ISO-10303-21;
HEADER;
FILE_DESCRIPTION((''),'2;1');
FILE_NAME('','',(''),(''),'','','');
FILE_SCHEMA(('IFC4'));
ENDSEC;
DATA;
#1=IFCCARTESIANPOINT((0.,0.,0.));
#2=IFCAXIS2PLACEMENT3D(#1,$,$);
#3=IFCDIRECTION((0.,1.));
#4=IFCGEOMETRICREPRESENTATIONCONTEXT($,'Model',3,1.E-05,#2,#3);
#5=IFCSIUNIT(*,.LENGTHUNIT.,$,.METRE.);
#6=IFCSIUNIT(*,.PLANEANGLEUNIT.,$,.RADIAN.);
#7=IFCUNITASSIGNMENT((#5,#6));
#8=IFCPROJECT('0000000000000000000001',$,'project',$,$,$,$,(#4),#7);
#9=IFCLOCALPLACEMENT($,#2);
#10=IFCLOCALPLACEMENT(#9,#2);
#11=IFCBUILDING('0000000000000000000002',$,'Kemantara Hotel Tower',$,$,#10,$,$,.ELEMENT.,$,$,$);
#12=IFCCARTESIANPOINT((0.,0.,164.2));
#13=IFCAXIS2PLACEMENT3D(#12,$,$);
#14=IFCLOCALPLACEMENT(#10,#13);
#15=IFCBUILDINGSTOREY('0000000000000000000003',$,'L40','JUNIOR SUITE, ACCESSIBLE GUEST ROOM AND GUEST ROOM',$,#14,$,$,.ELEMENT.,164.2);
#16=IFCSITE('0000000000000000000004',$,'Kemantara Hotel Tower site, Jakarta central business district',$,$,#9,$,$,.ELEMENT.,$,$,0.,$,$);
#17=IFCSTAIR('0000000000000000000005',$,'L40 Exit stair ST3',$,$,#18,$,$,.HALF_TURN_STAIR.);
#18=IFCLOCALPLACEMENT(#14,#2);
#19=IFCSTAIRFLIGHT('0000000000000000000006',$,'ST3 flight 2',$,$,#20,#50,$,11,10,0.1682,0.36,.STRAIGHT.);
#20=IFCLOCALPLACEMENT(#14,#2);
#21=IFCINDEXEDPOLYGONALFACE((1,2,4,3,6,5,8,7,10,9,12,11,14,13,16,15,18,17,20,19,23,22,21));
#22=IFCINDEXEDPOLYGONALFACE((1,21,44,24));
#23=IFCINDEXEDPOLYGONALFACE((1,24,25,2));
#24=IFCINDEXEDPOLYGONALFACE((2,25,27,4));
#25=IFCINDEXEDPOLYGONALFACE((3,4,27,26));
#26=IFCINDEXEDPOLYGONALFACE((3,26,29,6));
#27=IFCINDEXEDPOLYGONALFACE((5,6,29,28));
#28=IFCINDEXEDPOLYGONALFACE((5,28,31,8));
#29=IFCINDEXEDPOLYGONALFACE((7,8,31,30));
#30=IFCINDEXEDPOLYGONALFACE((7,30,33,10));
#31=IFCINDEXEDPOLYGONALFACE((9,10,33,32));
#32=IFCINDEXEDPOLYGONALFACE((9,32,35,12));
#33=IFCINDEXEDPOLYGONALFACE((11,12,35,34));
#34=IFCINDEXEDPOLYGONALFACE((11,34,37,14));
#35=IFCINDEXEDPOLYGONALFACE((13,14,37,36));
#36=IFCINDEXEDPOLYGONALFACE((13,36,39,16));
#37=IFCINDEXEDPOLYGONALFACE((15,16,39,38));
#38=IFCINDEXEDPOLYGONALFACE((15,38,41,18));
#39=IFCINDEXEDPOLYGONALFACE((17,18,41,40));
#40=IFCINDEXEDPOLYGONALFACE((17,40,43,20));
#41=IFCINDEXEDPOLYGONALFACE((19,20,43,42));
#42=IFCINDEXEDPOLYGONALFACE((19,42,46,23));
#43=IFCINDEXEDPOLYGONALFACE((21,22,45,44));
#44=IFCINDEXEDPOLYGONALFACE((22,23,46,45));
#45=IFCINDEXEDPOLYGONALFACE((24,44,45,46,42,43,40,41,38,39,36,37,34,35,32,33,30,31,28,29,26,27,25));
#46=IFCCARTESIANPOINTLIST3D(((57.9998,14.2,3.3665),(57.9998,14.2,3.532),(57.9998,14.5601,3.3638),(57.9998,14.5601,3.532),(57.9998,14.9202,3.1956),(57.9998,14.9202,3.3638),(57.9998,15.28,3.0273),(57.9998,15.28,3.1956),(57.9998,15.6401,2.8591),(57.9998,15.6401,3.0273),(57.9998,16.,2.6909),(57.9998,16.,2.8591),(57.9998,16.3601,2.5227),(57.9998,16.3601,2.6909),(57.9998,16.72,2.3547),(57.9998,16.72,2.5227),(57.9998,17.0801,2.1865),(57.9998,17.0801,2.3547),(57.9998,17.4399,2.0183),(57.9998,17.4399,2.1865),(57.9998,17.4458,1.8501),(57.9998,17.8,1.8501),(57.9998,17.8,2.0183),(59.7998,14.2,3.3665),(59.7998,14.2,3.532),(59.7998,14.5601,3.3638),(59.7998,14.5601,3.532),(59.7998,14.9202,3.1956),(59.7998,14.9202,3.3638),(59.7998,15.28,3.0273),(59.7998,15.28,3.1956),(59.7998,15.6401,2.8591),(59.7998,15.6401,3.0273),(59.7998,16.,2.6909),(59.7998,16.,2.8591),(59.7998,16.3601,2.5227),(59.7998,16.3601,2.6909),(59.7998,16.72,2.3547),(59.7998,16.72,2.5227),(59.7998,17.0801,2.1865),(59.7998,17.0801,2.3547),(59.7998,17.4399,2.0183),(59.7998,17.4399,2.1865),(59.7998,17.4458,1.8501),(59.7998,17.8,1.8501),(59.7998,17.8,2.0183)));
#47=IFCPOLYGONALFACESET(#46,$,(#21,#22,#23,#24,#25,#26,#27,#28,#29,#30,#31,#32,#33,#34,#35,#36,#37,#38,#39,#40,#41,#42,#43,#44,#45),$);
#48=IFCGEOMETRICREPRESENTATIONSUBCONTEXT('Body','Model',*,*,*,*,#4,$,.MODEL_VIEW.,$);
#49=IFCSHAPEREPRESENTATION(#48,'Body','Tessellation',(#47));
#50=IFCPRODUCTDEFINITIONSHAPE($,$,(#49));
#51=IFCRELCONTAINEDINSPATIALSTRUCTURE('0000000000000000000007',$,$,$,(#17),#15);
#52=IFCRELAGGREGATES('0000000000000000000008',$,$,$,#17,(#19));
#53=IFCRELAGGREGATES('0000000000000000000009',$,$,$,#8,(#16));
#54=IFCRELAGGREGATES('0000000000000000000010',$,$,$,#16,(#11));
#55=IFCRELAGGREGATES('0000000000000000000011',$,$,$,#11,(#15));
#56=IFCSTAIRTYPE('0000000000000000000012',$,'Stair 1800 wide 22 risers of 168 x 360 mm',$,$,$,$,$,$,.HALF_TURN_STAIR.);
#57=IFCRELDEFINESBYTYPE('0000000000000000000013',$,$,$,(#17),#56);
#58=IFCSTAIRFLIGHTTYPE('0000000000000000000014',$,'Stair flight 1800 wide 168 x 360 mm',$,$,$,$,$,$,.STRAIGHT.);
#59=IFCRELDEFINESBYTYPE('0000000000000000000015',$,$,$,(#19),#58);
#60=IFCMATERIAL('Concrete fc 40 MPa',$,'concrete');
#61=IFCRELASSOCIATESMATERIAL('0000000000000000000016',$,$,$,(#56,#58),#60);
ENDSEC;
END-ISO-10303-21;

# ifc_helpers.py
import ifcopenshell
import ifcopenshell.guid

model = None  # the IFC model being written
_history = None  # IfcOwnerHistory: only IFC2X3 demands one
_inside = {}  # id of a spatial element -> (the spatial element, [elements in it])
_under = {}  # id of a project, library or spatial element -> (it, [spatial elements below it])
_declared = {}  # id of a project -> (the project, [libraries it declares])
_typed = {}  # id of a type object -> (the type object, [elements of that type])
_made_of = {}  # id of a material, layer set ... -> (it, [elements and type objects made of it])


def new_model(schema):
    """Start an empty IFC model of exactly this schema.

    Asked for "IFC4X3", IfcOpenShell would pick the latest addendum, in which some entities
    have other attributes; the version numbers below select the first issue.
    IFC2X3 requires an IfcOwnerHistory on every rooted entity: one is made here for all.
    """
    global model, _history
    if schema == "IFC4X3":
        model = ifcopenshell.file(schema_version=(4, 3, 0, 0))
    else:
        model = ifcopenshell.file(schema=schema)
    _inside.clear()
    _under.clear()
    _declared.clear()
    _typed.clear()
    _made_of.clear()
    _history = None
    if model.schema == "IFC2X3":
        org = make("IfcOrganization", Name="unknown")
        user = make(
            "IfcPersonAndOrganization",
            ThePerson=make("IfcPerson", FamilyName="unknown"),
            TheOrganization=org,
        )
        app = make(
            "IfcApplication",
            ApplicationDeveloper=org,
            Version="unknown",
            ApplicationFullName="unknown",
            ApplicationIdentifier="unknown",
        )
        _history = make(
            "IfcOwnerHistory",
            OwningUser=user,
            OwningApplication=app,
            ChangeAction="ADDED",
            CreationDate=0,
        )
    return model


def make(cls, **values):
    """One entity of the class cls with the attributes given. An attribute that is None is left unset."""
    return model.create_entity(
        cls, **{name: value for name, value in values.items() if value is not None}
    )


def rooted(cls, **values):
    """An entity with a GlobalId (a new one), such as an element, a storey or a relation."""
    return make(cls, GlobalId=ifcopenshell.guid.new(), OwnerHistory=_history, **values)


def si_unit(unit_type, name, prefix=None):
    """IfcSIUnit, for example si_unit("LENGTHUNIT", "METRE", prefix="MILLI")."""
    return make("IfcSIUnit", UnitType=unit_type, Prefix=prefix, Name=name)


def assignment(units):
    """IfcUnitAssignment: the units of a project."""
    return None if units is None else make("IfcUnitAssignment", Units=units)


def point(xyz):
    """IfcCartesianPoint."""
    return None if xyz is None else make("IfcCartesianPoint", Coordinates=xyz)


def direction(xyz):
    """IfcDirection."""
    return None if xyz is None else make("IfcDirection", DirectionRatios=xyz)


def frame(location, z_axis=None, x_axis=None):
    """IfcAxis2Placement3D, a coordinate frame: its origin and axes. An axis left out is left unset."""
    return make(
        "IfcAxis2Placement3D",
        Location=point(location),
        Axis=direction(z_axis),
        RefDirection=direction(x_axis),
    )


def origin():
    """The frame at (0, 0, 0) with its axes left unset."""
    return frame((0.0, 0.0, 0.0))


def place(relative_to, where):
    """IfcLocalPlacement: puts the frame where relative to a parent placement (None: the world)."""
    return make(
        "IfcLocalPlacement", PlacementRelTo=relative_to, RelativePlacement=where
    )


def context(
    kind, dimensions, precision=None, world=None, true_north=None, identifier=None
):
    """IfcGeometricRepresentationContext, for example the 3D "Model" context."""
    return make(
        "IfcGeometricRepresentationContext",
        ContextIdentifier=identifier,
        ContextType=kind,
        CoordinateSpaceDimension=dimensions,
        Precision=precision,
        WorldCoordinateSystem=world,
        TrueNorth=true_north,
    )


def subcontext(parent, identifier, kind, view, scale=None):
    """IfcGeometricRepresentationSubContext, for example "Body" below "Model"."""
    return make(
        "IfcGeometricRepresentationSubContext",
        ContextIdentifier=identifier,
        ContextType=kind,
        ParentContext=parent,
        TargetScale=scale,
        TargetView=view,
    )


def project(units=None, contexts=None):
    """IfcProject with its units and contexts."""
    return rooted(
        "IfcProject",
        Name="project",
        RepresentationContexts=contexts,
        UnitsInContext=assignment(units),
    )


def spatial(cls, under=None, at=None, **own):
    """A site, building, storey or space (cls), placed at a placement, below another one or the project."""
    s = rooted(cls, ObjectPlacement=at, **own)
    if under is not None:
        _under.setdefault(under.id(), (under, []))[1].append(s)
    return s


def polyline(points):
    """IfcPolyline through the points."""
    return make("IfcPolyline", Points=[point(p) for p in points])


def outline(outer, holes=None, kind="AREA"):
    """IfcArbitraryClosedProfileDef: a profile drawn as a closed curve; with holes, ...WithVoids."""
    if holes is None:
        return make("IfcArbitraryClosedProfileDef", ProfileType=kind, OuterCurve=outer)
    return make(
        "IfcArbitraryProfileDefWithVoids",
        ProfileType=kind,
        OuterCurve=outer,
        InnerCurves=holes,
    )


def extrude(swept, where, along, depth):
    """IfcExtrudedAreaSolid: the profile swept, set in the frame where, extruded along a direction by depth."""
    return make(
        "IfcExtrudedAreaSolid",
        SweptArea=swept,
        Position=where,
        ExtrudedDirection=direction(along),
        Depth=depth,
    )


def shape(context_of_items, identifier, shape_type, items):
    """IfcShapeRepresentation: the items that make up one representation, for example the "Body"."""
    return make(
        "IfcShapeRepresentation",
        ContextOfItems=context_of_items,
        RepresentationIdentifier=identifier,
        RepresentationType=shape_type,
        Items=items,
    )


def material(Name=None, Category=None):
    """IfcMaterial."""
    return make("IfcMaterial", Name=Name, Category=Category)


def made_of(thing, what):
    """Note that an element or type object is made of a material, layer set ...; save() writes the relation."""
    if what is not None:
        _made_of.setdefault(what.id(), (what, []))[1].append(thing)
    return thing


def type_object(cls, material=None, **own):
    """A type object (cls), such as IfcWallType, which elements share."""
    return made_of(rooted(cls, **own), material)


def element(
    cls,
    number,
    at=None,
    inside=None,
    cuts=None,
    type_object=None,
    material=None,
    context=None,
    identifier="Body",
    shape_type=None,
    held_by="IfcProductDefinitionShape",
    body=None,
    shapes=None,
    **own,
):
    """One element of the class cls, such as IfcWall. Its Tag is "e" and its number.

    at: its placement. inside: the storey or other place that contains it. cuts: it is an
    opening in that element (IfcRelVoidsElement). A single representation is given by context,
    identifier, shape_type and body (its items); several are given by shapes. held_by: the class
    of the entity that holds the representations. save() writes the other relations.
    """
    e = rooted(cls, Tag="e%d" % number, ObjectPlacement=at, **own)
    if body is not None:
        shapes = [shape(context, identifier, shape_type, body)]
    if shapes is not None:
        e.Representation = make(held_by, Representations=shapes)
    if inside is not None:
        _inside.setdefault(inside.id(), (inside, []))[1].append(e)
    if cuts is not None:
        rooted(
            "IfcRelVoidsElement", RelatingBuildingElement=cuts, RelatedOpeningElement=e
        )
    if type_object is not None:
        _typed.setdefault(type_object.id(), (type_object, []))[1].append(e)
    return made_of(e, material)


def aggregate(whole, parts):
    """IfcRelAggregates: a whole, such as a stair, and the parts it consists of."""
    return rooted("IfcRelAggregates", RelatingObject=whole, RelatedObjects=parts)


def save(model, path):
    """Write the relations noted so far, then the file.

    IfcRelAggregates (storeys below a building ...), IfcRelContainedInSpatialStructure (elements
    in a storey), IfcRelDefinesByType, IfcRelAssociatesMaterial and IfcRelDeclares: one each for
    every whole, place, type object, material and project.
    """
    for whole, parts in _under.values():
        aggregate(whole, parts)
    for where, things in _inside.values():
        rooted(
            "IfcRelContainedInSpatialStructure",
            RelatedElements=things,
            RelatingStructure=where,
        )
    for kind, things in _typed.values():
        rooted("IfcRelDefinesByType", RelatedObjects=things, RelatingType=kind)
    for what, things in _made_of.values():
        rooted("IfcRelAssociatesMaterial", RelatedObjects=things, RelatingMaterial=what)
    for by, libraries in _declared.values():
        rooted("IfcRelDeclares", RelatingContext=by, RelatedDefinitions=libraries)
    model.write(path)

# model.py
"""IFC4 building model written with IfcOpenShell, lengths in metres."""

from ifc_helpers import new_model, si_unit, direction, frame, origin, place, context, subcontext, project, spatial, polyline, outline, extrude, material, type_object, element, aggregate, save


model = new_model("IFC4")

# Units and contexts
model_context = context("Model", 3, precision=1e-05, world=origin(), true_north=direction((0.0, 1.0)))
body_context = subcontext(model_context, "Body", "Model", "MODEL_VIEW")
ifc_project = project(units=[si_unit("LENGTHUNIT", "METRE"), si_unit("PLANEANGLEUNIT", "RADIAN")], contexts=[model_context])

# Site, building, storey
site_placement = place(None, origin())
site = spatial("IfcSite", under=ifc_project, at=site_placement, Name="Kemantara Hotel Tower site, Jakarta central business district", CompositionType="ELEMENT", RefElevation=0.0)
building_placement = place(site_placement, origin())
building = spatial("IfcBuilding", under=site, at=building_placement, Name="Kemantara Hotel Tower", CompositionType="ELEMENT")
storey_placement = place(building_placement, frame((0.0, 0.0, 164.2)))
storey = spatial("IfcBuildingStorey", under=building, at=storey_placement, Name="L40", Description="JUNIOR SUITE, ACCESSIBLE GUEST ROOM AND GUEST ROOM", CompositionType="ELEMENT", Elevation=164.2)

# Shared definitions
ifc_material_1 = material(Name="Concrete fc 40 MPa", Category="concrete")

# Stair, stair flight
stair_type = type_object("IfcStairType", Name="Stair 1800 wide 22 risers of 168 x 360 mm", PredefinedType="HALF_TURN_STAIR", material=ifc_material_1)
stair_placement = place(storey_placement, origin())
stair = element("IfcStair", 1, at=stair_placement, inside=storey, type_object=stair_type, Name="L40 Exit stair ST3", PredefinedType="HALF_TURN_STAIR")
stair_flight_type = type_object("IfcStairFlightType", Name="Stair flight 1800 wide 168 x 360 mm", PredefinedType="STRAIGHT", material=ifc_material_1)
stair_flight_1_placement = place(storey_placement, frame((58.8999, 17.8, 1.8501), z_axis=(0.0, 0.0, 1.0), x_axis=(0.0, -1.0, 0.0)))
stair_flight_1 = element("IfcStairFlight", 2, at=stair_flight_1_placement, type_object=stair_flight_type, Name="ST3 flight 2", NumberOfRisers=11, NumberOfTreads=10, PredefinedType="STRAIGHT", RiserHeight=0.1682, TreadLength=0.36, context=body_context, shape_type="SweptSolid", body=[
    extrude(outline(polyline([(0.0, 0.0), (0.0, 0.1682), (0.3601, 0.1682), (0.3601, 0.3364), (0.72, 0.3364), (0.72, 0.5046), (1.0801, 0.5046), (1.0801, 0.6726), (1.4399, 0.6726), (1.4399, 0.8408), (1.8, 0.8408), (1.8, 1.009), (2.1599, 1.009), (2.1599, 1.1772), (2.52, 1.1772), (2.52, 1.3455), (2.8799, 1.3455), (2.8799, 1.5137), (3.24, 1.5137), (3.24, 1.6819), (3.6001, 1.6819), (3.6001, 1.8501), (3.6001, 1.5164), (0.3542, 0.0), (0.0, 0.0)])), frame((0.0, 0.8999, 0.0), z_axis=(0.0, -1.0, 0.0), x_axis=(1.0, 0.0, 0.0)), (0.0, 0.0, 1.0), 1.8),
])
aggregate(stair, [stair_flight_1])

save(model, "model.ifc")
